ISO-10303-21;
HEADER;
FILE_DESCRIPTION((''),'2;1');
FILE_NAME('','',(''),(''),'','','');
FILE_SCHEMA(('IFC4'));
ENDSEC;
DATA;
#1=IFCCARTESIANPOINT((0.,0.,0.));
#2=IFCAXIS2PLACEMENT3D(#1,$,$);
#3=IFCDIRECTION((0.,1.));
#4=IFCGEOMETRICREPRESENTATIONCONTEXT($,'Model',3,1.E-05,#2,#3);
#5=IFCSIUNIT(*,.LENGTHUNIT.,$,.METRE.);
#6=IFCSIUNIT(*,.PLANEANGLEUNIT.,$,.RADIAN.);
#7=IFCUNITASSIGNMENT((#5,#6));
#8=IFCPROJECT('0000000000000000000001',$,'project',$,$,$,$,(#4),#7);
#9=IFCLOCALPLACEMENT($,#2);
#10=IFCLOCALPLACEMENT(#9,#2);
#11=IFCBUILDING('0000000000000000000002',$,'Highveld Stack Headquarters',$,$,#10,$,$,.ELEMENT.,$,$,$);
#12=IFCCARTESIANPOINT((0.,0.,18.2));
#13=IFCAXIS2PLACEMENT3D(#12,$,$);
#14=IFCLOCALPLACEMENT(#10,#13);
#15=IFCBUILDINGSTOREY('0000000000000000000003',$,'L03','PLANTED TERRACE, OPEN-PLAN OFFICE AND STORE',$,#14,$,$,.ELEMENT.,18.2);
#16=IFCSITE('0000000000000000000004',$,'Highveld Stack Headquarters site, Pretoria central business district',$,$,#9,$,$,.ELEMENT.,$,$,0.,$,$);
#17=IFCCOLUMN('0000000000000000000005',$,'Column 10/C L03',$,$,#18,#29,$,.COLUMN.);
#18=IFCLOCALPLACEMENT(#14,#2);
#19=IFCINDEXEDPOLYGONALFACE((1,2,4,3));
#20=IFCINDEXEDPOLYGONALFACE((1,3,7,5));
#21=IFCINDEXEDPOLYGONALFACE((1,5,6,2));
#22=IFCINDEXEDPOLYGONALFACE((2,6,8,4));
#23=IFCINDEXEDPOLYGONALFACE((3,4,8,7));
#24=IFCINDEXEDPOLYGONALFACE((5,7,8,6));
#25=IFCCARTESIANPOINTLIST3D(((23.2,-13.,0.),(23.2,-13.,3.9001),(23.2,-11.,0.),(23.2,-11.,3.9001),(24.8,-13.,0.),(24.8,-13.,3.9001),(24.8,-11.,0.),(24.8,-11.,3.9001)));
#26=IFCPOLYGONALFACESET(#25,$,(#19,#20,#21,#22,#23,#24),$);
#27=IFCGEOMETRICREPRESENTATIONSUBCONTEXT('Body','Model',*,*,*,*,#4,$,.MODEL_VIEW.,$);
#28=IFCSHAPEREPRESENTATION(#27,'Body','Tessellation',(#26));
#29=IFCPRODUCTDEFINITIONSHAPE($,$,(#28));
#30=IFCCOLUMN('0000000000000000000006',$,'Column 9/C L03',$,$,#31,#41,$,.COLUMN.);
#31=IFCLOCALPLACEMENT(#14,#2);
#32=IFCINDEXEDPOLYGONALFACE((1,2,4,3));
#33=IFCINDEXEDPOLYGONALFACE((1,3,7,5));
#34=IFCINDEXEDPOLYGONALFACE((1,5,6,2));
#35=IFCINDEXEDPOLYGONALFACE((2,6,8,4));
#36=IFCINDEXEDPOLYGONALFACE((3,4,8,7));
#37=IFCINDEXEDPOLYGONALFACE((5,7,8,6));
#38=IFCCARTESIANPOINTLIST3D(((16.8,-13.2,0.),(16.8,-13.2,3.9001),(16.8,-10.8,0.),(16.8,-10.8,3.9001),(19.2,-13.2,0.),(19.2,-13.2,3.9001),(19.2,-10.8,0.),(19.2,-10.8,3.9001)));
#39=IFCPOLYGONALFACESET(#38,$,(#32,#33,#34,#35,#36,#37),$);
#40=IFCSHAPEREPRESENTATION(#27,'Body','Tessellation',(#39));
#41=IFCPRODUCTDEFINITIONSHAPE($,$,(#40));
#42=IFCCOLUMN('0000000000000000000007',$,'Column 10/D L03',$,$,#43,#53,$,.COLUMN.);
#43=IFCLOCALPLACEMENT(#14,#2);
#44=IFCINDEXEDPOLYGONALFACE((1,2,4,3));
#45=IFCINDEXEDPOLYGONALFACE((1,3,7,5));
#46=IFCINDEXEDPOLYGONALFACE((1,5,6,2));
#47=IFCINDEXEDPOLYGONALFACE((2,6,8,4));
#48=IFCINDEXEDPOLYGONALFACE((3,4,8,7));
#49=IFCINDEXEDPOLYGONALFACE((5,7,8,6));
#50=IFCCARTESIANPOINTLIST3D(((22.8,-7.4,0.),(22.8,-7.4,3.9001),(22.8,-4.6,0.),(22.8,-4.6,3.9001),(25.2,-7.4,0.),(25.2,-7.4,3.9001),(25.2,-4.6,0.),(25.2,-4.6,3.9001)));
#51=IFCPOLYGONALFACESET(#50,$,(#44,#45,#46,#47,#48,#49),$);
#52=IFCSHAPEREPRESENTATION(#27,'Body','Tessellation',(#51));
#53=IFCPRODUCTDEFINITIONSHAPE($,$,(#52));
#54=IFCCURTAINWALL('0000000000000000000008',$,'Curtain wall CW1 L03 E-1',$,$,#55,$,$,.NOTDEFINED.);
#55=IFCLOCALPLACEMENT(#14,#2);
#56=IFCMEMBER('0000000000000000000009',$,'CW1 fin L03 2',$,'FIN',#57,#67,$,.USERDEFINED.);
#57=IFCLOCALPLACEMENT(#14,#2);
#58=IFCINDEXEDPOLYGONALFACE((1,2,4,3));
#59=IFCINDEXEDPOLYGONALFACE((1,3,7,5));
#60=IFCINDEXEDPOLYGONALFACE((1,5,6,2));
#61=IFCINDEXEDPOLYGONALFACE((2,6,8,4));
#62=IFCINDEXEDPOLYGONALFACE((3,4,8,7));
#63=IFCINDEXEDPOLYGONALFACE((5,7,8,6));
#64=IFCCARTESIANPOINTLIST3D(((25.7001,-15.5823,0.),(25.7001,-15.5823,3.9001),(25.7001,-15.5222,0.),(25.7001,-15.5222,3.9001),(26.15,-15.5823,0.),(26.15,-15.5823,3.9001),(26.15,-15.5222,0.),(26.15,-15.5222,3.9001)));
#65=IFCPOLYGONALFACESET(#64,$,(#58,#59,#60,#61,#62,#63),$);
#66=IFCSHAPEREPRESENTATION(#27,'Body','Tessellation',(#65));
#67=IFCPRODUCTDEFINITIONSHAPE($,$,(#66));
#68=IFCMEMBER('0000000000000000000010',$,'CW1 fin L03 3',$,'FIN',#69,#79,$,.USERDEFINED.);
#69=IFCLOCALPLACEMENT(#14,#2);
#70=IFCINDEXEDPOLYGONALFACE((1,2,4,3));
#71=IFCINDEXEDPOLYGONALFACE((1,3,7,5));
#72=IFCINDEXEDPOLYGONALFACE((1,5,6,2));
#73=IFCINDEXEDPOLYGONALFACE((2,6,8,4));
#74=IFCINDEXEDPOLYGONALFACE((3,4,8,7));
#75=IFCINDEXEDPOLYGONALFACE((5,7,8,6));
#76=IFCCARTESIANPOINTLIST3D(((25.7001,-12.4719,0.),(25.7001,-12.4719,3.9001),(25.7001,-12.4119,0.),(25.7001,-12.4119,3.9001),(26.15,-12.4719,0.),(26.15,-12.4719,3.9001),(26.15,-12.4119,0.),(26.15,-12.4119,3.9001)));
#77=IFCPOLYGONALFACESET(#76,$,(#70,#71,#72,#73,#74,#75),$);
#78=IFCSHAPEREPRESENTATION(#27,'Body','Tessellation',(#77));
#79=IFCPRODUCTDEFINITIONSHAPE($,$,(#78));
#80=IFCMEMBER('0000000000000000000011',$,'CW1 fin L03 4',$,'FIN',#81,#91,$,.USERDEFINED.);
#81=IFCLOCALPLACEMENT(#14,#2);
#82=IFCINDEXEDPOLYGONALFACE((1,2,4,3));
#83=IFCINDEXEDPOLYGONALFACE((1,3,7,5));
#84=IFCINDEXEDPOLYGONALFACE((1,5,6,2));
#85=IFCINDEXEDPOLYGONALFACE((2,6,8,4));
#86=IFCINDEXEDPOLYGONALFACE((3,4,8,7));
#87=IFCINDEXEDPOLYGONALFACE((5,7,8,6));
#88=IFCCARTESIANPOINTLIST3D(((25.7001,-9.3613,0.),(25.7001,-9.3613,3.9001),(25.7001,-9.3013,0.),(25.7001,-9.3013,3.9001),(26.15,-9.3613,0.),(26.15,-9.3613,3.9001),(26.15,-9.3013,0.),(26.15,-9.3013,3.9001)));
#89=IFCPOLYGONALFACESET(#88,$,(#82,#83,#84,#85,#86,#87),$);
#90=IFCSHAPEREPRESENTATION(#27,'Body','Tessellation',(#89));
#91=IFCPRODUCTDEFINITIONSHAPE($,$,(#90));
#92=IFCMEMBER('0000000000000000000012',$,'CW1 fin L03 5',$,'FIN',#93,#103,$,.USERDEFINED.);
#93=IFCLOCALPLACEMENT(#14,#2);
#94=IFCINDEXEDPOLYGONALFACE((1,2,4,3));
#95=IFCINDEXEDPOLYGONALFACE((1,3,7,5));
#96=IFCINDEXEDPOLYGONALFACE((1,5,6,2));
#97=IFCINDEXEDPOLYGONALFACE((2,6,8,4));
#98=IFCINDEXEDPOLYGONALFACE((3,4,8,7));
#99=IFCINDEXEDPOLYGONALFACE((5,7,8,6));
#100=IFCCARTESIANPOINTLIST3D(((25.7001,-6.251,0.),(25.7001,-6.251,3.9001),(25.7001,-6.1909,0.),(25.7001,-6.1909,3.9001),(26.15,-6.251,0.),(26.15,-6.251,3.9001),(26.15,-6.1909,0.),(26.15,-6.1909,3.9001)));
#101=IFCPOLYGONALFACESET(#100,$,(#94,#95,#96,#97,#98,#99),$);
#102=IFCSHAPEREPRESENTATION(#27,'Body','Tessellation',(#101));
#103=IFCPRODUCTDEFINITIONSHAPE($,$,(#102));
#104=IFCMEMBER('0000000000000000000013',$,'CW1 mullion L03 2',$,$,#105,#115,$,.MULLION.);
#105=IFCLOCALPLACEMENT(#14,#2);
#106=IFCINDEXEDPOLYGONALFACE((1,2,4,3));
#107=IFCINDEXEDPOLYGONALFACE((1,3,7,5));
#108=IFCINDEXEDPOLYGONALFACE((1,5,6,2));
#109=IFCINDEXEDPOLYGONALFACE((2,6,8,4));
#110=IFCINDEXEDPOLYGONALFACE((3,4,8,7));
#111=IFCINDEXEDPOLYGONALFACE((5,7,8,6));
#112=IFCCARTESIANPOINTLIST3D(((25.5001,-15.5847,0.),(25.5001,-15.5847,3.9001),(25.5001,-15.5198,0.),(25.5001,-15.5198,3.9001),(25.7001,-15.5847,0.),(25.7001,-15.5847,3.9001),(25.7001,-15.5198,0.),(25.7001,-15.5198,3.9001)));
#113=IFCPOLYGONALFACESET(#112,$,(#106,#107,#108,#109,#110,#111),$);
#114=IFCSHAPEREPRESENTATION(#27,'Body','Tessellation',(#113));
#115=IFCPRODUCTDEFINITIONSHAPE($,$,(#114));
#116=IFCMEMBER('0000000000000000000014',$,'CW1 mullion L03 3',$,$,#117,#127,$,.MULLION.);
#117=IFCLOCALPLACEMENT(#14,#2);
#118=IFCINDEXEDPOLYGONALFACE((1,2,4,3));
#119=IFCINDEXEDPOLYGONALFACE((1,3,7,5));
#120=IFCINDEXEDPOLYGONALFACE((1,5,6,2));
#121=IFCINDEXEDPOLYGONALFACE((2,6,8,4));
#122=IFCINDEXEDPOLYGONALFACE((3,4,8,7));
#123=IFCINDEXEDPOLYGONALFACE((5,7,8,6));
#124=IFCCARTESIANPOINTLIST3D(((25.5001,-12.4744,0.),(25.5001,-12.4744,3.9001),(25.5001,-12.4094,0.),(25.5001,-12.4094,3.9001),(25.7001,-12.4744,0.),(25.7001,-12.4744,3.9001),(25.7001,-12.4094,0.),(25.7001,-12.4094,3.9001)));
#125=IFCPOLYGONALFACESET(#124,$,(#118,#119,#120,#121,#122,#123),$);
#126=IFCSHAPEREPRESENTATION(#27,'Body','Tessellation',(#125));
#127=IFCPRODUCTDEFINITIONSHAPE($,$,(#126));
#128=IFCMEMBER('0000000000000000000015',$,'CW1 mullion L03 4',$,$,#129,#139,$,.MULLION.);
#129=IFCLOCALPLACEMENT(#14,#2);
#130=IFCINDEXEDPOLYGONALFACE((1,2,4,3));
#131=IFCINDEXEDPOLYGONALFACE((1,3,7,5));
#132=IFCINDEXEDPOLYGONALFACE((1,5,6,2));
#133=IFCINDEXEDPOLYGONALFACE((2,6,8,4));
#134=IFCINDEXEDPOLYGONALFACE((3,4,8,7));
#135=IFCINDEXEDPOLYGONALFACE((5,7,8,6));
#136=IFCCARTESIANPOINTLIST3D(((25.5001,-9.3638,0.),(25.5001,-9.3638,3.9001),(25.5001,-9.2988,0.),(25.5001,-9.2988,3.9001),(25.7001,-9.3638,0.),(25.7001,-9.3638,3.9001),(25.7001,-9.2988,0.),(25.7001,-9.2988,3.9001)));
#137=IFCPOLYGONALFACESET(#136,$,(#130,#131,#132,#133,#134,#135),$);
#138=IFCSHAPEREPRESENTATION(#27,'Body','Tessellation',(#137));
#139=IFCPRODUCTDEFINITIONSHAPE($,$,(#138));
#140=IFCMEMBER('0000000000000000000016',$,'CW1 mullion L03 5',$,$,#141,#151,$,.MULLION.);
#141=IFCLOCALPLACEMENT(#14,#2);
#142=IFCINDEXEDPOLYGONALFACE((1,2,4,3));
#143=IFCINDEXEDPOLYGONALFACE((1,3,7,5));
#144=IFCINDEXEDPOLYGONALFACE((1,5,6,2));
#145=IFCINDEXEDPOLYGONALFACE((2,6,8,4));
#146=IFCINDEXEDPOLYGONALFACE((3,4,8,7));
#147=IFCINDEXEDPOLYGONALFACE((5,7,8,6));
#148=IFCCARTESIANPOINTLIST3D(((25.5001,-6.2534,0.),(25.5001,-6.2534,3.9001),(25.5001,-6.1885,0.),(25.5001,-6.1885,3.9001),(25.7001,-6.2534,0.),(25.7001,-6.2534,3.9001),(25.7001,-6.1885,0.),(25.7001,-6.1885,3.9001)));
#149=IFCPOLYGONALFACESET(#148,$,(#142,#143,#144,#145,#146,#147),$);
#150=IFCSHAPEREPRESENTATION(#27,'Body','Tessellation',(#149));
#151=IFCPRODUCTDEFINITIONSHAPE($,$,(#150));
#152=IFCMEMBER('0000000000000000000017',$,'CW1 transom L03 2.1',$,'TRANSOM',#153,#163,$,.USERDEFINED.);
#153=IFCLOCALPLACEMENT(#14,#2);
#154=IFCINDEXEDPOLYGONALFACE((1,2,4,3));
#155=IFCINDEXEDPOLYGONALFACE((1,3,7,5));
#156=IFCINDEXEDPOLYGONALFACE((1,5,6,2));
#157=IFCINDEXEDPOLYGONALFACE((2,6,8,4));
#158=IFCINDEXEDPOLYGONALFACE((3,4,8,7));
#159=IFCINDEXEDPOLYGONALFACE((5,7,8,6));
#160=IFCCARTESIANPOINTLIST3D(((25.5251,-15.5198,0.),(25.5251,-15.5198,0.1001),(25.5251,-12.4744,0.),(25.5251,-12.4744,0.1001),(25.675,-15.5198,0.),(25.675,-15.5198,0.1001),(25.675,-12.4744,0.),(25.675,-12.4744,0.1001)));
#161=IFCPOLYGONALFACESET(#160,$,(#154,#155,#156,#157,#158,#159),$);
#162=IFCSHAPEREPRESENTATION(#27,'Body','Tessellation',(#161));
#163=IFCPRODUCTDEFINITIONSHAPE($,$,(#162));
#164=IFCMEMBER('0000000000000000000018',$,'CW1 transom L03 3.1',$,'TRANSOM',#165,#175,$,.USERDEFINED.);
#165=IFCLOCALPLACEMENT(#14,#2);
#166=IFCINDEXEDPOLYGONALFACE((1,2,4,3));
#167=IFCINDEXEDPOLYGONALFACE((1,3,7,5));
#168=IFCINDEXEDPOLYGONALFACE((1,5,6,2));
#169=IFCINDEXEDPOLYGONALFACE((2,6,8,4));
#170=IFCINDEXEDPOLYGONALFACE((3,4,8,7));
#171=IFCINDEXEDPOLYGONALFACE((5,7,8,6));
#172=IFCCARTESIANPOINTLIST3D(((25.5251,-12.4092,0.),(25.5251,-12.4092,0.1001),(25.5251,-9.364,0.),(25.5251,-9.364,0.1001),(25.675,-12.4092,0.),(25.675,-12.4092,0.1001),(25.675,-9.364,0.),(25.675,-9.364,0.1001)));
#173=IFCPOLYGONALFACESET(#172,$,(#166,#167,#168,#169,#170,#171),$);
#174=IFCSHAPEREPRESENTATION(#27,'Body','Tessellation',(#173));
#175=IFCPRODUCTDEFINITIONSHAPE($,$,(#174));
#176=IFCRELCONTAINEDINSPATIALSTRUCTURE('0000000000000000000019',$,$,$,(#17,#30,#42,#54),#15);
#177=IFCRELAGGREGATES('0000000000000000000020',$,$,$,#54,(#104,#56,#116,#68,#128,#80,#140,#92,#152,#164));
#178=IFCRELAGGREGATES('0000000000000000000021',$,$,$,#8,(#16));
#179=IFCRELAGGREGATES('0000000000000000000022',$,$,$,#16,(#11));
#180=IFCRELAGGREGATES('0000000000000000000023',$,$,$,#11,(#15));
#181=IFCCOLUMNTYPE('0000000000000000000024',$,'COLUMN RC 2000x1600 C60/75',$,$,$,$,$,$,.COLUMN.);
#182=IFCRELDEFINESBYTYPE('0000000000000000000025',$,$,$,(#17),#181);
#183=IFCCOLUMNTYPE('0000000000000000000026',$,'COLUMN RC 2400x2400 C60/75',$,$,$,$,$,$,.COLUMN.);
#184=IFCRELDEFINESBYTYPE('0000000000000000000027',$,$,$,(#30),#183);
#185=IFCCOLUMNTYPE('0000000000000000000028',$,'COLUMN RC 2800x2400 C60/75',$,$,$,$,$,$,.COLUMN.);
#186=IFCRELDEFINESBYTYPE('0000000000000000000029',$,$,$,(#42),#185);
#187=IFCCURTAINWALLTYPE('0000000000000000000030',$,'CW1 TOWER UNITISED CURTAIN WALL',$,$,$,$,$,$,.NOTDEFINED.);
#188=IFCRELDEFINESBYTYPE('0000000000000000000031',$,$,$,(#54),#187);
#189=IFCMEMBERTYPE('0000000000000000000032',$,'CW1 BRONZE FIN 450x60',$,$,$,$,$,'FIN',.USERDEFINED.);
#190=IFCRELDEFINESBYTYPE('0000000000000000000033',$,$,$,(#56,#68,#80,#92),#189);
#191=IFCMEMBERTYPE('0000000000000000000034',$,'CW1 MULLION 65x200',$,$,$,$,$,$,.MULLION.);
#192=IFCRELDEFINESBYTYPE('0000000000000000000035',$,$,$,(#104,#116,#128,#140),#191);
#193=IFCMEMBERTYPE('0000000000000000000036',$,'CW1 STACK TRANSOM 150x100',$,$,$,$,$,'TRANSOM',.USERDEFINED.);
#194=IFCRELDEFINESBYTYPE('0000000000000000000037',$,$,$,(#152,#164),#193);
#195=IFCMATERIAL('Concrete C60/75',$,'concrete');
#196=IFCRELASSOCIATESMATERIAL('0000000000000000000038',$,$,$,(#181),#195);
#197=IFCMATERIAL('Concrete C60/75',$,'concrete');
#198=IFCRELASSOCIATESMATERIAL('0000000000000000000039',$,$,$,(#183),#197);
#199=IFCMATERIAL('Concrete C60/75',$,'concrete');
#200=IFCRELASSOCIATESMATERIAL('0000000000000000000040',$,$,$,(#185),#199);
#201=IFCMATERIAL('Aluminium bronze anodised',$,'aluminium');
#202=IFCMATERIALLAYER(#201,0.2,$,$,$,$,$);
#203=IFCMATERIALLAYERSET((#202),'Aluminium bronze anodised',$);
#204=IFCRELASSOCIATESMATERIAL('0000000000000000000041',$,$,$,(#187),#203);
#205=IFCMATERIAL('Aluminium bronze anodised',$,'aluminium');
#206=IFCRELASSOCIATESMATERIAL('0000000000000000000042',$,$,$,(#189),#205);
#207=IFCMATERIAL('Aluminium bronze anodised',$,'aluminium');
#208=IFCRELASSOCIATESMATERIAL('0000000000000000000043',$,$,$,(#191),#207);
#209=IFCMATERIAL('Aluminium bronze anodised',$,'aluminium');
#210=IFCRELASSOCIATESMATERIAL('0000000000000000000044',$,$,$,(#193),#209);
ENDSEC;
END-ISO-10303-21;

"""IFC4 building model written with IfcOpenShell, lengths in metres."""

from ifc_helpers import new_model, si_unit, direction, frame, origin, origin_2d, place, context, subcontext, project, spatial, rectangle, extrude, material, layer, layer_set, material_profile, profile_set, type_object, element, aggregate, save


model = new_model("IFC4")

# Units and contexts
model_context = context("Model", 3, precision=1e-05, world=origin(), true_north=direction((0.0, 1.0)))
body_context = subcontext(model_context, "Body", "Model", "MODEL_VIEW")
ifc_project = project(units=[si_unit("LENGTHUNIT", "METRE"), si_unit("PLANEANGLEUNIT", "RADIAN")], contexts=[model_context])

# Site, building, storey
site_placement = place(None, origin())
site = spatial("IfcSite", under=ifc_project, at=site_placement, Name="Highveld Stack Headquarters site, Pretoria central business district", CompositionType="ELEMENT", RefElevation=0.0)
building_placement = place(site_placement, origin())
building = spatial("IfcBuilding", under=site, at=building_placement, Name="Highveld Stack Headquarters", CompositionType="ELEMENT")
storey_placement = place(building_placement, frame((0.0, 0.0, 18.2)))
storey = spatial("IfcBuildingStorey", under=building, at=storey_placement, Name="L03", Description="PLANTED TERRACE, OPEN-PLAN OFFICE AND STORE", CompositionType="ELEMENT", Elevation=18.2)

# Columns
ifc_material_1 = material(Name="Concrete C60/75", Category="concrete")
ifc_material_profile_1 = material_profile(ifc_material_1, rectangle(XDim=2.0, YDim=1.6001, at=origin_2d()), Name="RC 2000x1600")
ifc_profile_set_1 = profile_set([ifc_material_profile_1], Name="Concrete C60/75")
column_type_1 = type_object("IfcColumnType", Name="COLUMN RC 2000x1600 C60/75", PredefinedType="COLUMN", material=ifc_profile_set_1)
column_1_placement = place(storey_placement, frame((24.0, -12.0, 0.0), z_axis=(0.0, 0.0, 1.0), x_axis=(0.0, 1.0, 0.0)))
element("IfcColumn", 1, at=column_1_placement, inside=storey, type_object=column_type_1, Name="Column 10/C L03", PredefinedType="COLUMN", context=body_context, shape_type="SweptSolid", body=[
    extrude(rectangle(XDim=2.0, YDim=1.6001, at=origin_2d()), origin(), (0.0, 0.0, 1.0), 3.9001),
])
ifc_material_2 = material(Name="Concrete C60/75", Category="concrete")
ifc_material_profile_2 = material_profile(ifc_material_2, rectangle(XDim=2.3999, YDim=2.3999, at=origin_2d()), Name="RC 2400x2400")
ifc_profile_set_2 = profile_set([ifc_material_profile_2], Name="Concrete C60/75")
column_type_2 = type_object("IfcColumnType", Name="COLUMN RC 2400x2400 C60/75", PredefinedType="COLUMN", material=ifc_profile_set_2)
column_2_placement = place(storey_placement, frame((18.0, -12.0, 0.0), z_axis=(0.0, 0.0, 1.0), x_axis=(1.0, 0.0, 0.0)))
element("IfcColumn", 2, at=column_2_placement, inside=storey, type_object=column_type_2, Name="Column 9/C L03", PredefinedType="COLUMN", context=body_context, shape_type="SweptSolid", body=[
    extrude(rectangle(XDim=2.3999, YDim=2.3999, at=origin_2d()), origin(), (0.0, 0.0, 1.0), 3.9001),
])
ifc_material_3 = material(Name="Concrete C60/75", Category="concrete")
ifc_material_profile_3 = material_profile(ifc_material_3, rectangle(XDim=2.8, YDim=2.3999, at=origin_2d()), Name="RC 2800x2400")
ifc_profile_set_3 = profile_set([ifc_material_profile_3], Name="Concrete C60/75")
column_type_3 = type_object("IfcColumnType", Name="COLUMN RC 2800x2400 C60/75", PredefinedType="COLUMN", material=ifc_profile_set_3)
column_3_placement = place(storey_placement, frame((24.0, -6.0, 0.0), z_axis=(0.0, 0.0, 1.0), x_axis=(0.0, 1.0, 0.0)))
element("IfcColumn", 3, at=column_3_placement, inside=storey, type_object=column_type_3, Name="Column 10/D L03", PredefinedType="COLUMN", context=body_context, shape_type="SweptSolid", body=[
    extrude(rectangle(XDim=2.8, YDim=2.3999, at=origin_2d()), origin(), (0.0, 0.0, 1.0), 3.9001),
])

# Curtain wall, members
ifc_material_4 = material(Name="Aluminium bronze anodised", Category="aluminium")
ifc_layer_1 = layer(ifc_material_4, 0.2)
ifc_layer_set_1 = layer_set([ifc_layer_1], Name="Aluminium bronze anodised")
curtain_wall_type = type_object("IfcCurtainWallType", Name="CW1 TOWER UNITISED CURTAIN WALL", PredefinedType="NOTDEFINED", material=ifc_layer_set_1)
curtain_wall_placement = place(storey_placement, origin())
curtain_wall = element("IfcCurtainWall", 4, at=curtain_wall_placement, inside=storey, type_object=curtain_wall_type, Name="Curtain wall CW1 L03 E-1", PredefinedType="NOTDEFINED")
ifc_material_5 = material(Name="Aluminium bronze anodised", Category="aluminium")
ifc_material_profile_4 = material_profile(ifc_material_5, rectangle(XDim=0.45, YDim=0.0601, at=origin_2d()), Name="FIN 450x60")
ifc_profile_set_4 = profile_set([ifc_material_profile_4], Name="Aluminium bronze anodised")
member_type_1 = type_object("IfcMemberType", Name="CW1 BRONZE FIN 450x60", ElementType="FIN", PredefinedType="USERDEFINED", material=ifc_profile_set_4)
member_1_placement = place(storey_placement, frame((25.925, -15.5522, 0.0), z_axis=(0.0, 0.0, 1.0), x_axis=(-1.0, 0.0, 0.0)))
member_1 = element("IfcMember", 5, at=member_1_placement, type_object=member_type_1, Name="CW1 fin L03 2", ObjectType="FIN", PredefinedType="USERDEFINED", context=body_context, shape_type="SweptSolid", body=[
    extrude(rectangle(XDim=0.45, YDim=0.0601, at=origin_2d()), origin(), (0.0, 0.0, 1.0), 3.9001),
])
member_2_placement = place(storey_placement, frame((25.925, -12.4419, 0.0), z_axis=(0.0, 0.0, 1.0), x_axis=(-1.0, 0.0, 0.0)))
member_2 = element("IfcMember", 6, at=member_2_placement, type_object=member_type_1, Name="CW1 fin L03 3", ObjectType="FIN", PredefinedType="USERDEFINED", context=body_context, shape_type="SweptSolid", body=[
    extrude(rectangle(XDim=0.45, YDim=0.0601, at=origin_2d()), origin(), (0.0, 0.0, 1.0), 3.9001),
])
member_3_placement = place(storey_placement, frame((25.925, -9.3313, 0.0), z_axis=(0.0, 0.0, 1.0), x_axis=(-1.0, 0.0, 0.0)))
member_3 = element("IfcMember", 7, at=member_3_placement, type_object=member_type_1, Name="CW1 fin L03 4", ObjectType="FIN", PredefinedType="USERDEFINED", context=body_context, shape_type="SweptSolid", body=[
    extrude(rectangle(XDim=0.45, YDim=0.0601, at=origin_2d()), origin(), (0.0, 0.0, 1.0), 3.9001),
])
member_4_placement = place(storey_placement, frame((25.925, -6.2209, 0.0), z_axis=(0.0, 0.0, 1.0), x_axis=(-1.0, 0.0, 0.0)))
member_4 = element("IfcMember", 8, at=member_4_placement, type_object=member_type_1, Name="CW1 fin L03 5", ObjectType="FIN", PredefinedType="USERDEFINED", context=body_context, shape_type="SweptSolid", body=[
    extrude(rectangle(XDim=0.45, YDim=0.0601, at=origin_2d()), origin(), (0.0, 0.0, 1.0), 3.9001),
])
ifc_material_6 = material(Name="Aluminium bronze anodised", Category="aluminium")
ifc_material_profile_5 = material_profile(ifc_material_6, rectangle(XDim=0.2, YDim=0.0649, at=origin_2d()), Name="CW1 MULLION 65x200")
ifc_profile_set_5 = profile_set([ifc_material_profile_5], Name="Aluminium bronze anodised")
member_type_2 = type_object("IfcMemberType", Name="CW1 MULLION 65x200", PredefinedType="MULLION", material=ifc_profile_set_5)
member_5_placement = place(storey_placement, frame((25.6001, -15.5522, 0.0), z_axis=(0.0, 0.0, 1.0), x_axis=(-1.0, 0.0, 0.0)))
member_5 = element("IfcMember", 9, at=member_5_placement, type_object=member_type_2, Name="CW1 mullion L03 2", PredefinedType="MULLION", context=body_context, shape_type="SweptSolid", body=[
    extrude(rectangle(XDim=0.2, YDim=0.0649, at=origin_2d()), origin(), (0.0, 0.0, 1.0), 3.9001),
])
member_6_placement = place(storey_placement, frame((25.6001, -12.4419, 0.0), z_axis=(0.0, 0.0, 1.0), x_axis=(-1.0, 0.0, 0.0)))
member_6 = element("IfcMember", 10, at=member_6_placement, type_object=member_type_2, Name="CW1 mullion L03 3", PredefinedType="MULLION", context=body_context, shape_type="SweptSolid", body=[
    extrude(rectangle(XDim=0.2, YDim=0.0649, at=origin_2d()), origin(), (0.0, 0.0, 1.0), 3.9001),
])
member_7_placement = place(storey_placement, frame((25.6001, -9.3313, 0.0), z_axis=(0.0, 0.0, 1.0), x_axis=(-1.0, 0.0, 0.0)))
member_7 = element("IfcMember", 11, at=member_7_placement, type_object=member_type_2, Name="CW1 mullion L03 4", PredefinedType="MULLION", context=body_context, shape_type="SweptSolid", body=[
    extrude(rectangle(XDim=0.2, YDim=0.0649, at=origin_2d()), origin(), (0.0, 0.0, 1.0), 3.9001),
])
member_8_placement = place(storey_placement, frame((25.6001, -6.2209, 0.0), z_axis=(0.0, 0.0, 1.0), x_axis=(-1.0, 0.0, 0.0)))
member_8 = element("IfcMember", 12, at=member_8_placement, type_object=member_type_2, Name="CW1 mullion L03 5", PredefinedType="MULLION", context=body_context, shape_type="SweptSolid", body=[
    extrude(rectangle(XDim=0.2, YDim=0.0649, at=origin_2d()), origin(), (0.0, 0.0, 1.0), 3.9001),
])
ifc_material_7 = material(Name="Aluminium bronze anodised", Category="aluminium")
ifc_material_profile_6 = material_profile(ifc_material_7, rectangle(XDim=0.1499, YDim=0.1001, at=origin_2d()), Name="CW1 TRANSOM 150x100")
ifc_profile_set_6 = profile_set([ifc_material_profile_6], Name="Aluminium bronze anodised")
member_type_3 = type_object("IfcMemberType", Name="CW1 STACK TRANSOM 150x100", ElementType="TRANSOM", PredefinedType="USERDEFINED", material=ifc_profile_set_6)
member_9_placement = place(storey_placement, frame((25.6001, -15.5198, 0.05), z_axis=(0.0, 1.0, 0.0), x_axis=(-1.0, 0.0, 0.0)))
member_9 = element("IfcMember", 13, at=member_9_placement, type_object=member_type_3, Name="CW1 transom L03 2.1", ObjectType="TRANSOM", PredefinedType="USERDEFINED", context=body_context, shape_type="SweptSolid", body=[
    extrude(rectangle(XDim=0.1499, YDim=0.1001, at=origin_2d()), origin(), (0.0, 0.0, 1.0), 3.0454),
])
member_10_placement = place(storey_placement, frame((25.6001, -12.4092, 0.05), z_axis=(0.0, 1.0, 0.0), x_axis=(-1.0, 0.0, 0.0)))
member_10 = element("IfcMember", 14, at=member_10_placement, type_object=member_type_3, Name="CW1 transom L03 3.1", ObjectType="TRANSOM", PredefinedType="USERDEFINED", context=body_context, shape_type="SweptSolid", body=[
    extrude(rectangle(XDim=0.1499, YDim=0.1001, at=origin_2d()), origin(), (0.0, 0.0, 1.0), 3.0452),
])

aggregate(curtain_wall, [member_5, member_1, member_6, member_2, member_7, member_3, member_8, member_4, member_9, member_10])

save(model, "model.ifc")
